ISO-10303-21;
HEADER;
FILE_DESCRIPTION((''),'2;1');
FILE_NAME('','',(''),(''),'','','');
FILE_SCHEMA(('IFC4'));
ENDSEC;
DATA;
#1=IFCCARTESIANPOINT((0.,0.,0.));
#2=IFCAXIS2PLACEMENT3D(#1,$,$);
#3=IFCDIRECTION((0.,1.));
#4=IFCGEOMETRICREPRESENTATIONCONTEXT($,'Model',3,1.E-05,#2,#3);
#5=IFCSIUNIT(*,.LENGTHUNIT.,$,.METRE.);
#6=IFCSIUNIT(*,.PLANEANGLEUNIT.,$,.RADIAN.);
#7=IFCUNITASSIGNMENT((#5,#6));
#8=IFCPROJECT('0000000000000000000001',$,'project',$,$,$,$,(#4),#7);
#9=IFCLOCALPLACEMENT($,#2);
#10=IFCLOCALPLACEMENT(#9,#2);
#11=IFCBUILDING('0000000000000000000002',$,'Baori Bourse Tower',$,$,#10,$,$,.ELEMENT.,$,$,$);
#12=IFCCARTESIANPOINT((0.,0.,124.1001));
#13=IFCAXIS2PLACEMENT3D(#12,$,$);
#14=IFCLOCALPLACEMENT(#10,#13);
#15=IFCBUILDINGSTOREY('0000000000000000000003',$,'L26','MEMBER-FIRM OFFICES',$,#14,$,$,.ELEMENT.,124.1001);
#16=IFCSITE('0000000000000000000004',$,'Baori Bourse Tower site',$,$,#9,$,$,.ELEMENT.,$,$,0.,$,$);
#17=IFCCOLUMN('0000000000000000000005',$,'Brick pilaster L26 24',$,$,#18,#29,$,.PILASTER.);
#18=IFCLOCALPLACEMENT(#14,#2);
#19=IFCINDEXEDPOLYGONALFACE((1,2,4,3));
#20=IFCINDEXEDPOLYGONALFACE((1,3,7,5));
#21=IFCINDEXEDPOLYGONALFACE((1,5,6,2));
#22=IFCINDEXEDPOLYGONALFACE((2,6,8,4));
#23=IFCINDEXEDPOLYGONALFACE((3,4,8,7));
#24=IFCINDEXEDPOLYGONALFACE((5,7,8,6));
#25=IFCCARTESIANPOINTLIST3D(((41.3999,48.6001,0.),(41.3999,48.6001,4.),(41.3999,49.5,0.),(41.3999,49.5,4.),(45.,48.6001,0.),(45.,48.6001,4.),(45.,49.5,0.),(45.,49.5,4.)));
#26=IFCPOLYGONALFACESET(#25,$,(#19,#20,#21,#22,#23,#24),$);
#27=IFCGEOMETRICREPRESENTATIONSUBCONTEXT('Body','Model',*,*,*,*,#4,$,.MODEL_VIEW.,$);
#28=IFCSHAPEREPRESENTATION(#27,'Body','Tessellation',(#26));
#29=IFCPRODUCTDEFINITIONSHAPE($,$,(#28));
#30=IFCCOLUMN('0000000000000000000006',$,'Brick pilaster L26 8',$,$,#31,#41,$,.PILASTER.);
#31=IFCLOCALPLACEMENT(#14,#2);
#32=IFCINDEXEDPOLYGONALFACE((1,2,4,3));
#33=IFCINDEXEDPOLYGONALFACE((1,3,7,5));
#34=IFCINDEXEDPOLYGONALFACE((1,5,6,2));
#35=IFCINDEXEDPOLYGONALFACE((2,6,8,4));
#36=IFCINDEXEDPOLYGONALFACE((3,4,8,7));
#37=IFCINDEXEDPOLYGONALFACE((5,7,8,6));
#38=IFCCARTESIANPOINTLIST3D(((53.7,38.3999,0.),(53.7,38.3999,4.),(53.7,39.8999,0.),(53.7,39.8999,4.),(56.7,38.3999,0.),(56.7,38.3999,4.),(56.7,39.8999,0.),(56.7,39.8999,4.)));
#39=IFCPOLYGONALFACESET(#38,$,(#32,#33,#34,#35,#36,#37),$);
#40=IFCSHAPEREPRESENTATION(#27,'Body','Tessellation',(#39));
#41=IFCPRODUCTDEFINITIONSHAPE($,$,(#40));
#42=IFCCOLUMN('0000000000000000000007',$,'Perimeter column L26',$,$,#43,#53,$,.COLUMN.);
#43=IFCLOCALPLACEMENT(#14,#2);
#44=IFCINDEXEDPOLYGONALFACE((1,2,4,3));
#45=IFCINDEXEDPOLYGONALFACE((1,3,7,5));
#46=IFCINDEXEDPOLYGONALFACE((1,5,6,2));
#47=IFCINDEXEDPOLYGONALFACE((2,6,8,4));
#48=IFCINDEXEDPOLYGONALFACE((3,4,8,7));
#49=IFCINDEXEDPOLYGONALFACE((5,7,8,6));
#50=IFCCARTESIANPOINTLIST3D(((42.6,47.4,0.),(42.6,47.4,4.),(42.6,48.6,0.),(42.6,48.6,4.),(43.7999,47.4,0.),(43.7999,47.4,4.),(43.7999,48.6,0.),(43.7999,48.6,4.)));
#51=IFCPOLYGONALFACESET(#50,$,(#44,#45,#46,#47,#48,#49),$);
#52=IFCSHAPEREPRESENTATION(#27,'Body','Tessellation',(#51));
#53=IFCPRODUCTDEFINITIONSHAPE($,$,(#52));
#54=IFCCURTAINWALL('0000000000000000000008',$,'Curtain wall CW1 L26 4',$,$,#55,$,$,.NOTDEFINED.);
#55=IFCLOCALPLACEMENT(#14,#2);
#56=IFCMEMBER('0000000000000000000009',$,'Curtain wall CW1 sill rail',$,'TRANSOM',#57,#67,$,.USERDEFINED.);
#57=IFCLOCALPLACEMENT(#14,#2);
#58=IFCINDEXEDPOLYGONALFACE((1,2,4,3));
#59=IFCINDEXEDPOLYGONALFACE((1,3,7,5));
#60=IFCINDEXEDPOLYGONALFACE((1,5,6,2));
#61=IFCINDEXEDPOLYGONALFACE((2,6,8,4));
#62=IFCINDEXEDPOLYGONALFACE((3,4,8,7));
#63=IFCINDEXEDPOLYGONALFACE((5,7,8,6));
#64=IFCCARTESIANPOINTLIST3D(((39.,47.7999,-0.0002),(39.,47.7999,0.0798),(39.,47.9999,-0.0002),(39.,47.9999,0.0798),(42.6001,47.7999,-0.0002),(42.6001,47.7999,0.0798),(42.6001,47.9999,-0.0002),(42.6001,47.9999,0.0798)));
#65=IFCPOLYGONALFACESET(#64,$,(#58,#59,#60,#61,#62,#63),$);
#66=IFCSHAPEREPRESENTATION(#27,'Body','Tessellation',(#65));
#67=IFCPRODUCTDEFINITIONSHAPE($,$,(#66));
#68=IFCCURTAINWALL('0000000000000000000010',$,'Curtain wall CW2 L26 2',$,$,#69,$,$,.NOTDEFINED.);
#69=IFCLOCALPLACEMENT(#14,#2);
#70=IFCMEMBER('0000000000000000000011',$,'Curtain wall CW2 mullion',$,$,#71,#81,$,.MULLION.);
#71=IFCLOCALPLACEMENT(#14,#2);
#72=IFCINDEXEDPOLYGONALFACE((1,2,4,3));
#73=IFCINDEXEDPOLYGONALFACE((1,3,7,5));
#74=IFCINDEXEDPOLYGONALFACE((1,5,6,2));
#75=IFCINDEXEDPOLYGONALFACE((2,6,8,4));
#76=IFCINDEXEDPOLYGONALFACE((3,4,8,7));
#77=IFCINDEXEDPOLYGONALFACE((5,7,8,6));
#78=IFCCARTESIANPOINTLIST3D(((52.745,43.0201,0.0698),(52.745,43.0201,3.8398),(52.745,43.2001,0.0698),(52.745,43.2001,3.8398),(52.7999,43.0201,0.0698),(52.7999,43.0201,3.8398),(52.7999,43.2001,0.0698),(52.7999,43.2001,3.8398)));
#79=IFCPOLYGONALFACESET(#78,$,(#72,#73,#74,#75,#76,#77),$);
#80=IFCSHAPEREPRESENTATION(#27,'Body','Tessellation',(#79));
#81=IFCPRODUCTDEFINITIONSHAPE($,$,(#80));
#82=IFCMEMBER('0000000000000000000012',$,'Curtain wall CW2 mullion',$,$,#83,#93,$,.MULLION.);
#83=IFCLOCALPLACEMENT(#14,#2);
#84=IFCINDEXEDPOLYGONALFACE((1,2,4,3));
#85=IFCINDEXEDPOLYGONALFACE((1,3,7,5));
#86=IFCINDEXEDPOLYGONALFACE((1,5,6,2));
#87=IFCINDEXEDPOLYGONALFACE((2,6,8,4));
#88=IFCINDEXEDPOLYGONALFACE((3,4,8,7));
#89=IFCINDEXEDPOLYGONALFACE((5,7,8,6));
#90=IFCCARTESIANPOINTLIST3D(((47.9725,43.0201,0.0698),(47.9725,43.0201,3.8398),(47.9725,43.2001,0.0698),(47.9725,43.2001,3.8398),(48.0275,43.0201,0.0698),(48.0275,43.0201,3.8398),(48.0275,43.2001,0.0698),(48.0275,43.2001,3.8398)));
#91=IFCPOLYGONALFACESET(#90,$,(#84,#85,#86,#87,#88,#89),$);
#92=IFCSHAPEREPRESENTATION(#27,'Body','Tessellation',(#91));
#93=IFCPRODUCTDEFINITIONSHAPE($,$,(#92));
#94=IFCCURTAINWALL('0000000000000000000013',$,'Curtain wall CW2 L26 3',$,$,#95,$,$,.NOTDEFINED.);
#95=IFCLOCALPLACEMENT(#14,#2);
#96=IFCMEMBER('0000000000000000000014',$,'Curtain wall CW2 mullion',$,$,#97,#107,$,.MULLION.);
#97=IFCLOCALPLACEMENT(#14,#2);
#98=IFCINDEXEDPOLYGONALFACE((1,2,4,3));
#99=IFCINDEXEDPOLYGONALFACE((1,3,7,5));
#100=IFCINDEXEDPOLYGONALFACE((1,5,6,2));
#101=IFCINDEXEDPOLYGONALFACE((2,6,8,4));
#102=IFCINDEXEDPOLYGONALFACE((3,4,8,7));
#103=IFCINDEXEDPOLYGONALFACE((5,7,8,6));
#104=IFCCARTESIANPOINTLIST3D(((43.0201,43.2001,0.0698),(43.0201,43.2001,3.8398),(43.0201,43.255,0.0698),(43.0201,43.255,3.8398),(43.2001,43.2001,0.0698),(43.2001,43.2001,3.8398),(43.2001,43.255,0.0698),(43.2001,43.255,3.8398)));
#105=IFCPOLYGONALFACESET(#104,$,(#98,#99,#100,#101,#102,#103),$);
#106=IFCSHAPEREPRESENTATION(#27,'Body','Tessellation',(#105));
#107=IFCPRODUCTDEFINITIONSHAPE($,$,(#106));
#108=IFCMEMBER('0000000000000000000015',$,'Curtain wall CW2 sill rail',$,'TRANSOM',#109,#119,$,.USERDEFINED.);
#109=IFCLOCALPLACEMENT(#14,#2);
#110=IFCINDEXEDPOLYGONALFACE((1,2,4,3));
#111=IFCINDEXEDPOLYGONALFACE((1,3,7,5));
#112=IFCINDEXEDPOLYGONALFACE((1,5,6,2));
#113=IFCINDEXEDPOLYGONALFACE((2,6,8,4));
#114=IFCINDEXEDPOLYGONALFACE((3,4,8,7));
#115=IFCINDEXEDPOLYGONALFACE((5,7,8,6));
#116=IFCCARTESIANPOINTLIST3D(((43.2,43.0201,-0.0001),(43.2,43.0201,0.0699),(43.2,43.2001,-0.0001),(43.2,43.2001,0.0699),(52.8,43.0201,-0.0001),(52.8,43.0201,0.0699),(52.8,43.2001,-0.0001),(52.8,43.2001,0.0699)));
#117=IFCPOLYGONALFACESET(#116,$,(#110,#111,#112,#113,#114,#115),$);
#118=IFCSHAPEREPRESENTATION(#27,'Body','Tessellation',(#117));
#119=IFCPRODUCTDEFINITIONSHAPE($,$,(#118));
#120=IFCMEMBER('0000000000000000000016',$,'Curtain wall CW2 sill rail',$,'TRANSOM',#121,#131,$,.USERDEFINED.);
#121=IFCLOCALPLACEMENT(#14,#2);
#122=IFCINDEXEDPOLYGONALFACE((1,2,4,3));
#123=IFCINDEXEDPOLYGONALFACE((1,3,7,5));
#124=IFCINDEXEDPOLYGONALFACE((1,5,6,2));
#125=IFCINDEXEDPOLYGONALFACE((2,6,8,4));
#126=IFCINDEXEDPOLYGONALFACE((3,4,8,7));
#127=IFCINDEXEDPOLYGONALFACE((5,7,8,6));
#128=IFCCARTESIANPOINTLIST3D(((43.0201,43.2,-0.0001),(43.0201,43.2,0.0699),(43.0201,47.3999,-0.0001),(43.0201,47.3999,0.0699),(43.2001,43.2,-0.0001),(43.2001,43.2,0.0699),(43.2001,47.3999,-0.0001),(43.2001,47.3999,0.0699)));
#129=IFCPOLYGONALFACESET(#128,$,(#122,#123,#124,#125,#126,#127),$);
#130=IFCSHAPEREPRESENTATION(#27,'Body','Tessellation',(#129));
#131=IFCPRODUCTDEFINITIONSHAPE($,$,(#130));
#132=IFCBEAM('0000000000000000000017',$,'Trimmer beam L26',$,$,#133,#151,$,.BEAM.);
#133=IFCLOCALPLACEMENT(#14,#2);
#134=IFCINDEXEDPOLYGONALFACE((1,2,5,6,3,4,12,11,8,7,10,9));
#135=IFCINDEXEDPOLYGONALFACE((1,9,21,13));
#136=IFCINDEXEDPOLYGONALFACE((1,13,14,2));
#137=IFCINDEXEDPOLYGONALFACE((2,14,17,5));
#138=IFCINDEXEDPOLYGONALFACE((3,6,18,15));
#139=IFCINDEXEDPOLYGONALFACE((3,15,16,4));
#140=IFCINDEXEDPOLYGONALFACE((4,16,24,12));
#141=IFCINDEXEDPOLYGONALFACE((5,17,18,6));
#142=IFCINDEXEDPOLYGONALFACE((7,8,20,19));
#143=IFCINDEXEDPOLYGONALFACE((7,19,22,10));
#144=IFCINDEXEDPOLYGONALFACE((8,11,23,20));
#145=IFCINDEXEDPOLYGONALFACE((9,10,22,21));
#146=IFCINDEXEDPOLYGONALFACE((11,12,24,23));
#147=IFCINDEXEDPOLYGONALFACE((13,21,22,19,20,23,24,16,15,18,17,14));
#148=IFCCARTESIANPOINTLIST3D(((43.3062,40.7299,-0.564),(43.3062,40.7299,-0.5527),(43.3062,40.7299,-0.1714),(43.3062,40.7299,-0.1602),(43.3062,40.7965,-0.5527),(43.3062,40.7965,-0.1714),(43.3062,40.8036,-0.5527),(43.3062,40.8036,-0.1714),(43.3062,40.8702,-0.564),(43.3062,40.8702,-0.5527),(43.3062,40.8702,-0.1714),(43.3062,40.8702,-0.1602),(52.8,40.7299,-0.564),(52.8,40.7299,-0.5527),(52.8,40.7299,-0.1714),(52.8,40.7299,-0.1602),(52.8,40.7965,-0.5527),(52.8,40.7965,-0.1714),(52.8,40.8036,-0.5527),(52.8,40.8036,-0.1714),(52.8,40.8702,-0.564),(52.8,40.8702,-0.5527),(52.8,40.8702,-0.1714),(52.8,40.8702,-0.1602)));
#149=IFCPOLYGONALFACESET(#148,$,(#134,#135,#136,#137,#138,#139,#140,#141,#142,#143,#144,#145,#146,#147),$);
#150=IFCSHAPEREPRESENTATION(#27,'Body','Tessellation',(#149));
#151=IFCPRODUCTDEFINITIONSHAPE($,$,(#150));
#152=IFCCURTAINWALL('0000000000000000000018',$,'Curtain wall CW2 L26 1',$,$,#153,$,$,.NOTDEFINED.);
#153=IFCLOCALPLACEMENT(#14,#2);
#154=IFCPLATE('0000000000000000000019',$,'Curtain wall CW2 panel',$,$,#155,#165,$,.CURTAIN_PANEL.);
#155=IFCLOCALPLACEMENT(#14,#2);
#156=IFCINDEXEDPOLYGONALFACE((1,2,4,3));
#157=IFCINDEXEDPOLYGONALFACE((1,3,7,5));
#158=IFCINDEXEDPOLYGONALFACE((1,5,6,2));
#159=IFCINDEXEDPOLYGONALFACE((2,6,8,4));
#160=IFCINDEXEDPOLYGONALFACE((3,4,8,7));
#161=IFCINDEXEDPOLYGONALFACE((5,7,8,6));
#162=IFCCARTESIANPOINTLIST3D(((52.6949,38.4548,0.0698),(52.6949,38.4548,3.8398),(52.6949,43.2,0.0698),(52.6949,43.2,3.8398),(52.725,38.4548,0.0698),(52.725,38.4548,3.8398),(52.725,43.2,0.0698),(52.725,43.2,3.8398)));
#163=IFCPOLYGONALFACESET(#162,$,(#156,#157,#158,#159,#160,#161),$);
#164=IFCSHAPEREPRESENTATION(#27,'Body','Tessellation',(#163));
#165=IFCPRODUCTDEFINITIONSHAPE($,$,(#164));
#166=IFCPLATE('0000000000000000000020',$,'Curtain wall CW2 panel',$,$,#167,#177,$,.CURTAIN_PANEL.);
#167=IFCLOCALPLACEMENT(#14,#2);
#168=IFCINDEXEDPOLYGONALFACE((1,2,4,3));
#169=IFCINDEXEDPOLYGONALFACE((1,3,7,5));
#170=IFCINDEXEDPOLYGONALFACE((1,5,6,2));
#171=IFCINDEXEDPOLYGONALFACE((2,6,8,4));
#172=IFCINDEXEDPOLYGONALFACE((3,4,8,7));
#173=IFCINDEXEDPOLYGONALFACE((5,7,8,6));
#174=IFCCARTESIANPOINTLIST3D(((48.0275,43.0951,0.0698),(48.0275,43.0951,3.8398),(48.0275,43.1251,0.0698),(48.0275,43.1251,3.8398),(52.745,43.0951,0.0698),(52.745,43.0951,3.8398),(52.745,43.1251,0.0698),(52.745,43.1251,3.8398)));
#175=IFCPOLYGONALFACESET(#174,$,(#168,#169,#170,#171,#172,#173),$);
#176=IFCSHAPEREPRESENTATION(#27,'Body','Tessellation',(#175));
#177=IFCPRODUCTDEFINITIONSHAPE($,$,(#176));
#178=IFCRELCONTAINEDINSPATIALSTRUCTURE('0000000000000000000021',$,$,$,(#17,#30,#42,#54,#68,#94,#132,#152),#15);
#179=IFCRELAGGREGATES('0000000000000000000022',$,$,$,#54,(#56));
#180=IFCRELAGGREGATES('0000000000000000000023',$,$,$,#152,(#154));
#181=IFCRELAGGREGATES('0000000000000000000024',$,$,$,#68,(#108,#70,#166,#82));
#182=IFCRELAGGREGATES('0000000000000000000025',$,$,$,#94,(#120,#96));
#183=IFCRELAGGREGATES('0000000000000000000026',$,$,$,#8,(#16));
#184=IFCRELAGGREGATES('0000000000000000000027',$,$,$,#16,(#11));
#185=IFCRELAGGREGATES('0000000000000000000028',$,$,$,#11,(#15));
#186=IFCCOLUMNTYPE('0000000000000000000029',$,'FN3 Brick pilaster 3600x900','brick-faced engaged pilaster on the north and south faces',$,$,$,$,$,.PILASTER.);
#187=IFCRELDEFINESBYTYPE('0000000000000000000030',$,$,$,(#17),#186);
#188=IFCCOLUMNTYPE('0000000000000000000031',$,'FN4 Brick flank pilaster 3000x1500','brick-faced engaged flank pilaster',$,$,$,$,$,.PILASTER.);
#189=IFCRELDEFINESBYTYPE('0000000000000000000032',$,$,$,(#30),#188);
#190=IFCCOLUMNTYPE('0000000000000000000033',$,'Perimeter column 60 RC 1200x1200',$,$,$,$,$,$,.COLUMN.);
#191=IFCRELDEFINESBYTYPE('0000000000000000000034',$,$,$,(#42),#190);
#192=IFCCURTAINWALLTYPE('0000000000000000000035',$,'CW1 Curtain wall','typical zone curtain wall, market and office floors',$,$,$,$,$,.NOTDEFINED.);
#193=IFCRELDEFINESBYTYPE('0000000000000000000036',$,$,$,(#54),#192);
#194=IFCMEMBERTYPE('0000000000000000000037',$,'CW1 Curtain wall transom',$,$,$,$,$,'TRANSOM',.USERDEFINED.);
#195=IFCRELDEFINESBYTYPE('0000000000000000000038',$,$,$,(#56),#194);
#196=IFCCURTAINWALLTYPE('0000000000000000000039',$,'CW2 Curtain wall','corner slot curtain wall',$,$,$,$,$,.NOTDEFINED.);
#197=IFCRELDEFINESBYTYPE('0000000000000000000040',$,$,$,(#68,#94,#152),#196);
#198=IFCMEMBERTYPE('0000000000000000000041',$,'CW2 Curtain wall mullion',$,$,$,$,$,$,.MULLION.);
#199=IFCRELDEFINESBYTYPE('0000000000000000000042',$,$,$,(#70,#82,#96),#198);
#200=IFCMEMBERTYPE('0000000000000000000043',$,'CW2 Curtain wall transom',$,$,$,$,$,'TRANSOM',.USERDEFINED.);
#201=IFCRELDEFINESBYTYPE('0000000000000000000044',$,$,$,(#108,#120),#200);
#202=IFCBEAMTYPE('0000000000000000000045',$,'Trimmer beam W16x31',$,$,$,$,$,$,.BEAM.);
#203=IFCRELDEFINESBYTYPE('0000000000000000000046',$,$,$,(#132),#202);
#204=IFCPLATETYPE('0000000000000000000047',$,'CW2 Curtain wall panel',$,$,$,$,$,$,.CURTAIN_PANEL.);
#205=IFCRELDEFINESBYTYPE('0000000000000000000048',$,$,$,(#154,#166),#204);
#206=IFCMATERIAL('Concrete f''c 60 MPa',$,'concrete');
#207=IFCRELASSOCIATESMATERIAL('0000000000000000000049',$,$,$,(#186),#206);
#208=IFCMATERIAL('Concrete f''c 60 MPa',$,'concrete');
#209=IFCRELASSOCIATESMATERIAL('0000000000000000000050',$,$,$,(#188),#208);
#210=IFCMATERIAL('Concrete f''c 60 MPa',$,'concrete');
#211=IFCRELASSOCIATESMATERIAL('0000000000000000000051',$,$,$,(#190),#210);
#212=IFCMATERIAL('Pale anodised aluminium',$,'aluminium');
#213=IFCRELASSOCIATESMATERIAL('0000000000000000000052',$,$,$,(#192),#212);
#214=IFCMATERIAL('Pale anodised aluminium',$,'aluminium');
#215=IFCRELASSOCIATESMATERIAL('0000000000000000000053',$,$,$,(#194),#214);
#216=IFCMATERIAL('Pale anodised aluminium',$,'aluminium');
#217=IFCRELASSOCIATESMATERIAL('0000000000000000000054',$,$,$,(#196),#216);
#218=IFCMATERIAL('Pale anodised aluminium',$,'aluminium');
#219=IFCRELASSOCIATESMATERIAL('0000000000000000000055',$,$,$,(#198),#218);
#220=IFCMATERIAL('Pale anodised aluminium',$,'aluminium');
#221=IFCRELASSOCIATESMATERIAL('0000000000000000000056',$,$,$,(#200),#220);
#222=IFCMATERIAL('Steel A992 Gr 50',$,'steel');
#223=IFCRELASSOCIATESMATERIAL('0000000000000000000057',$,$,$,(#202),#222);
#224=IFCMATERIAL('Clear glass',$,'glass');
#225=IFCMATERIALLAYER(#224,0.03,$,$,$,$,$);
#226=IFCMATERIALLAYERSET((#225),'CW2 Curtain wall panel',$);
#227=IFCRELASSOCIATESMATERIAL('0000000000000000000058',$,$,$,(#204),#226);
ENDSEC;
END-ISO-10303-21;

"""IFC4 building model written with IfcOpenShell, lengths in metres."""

from ifc_helpers import new_model, si_unit, direction, frame, origin, origin_2d, place, context, subcontext, project, spatial, rectangle, i_section, extrude, material, layer, layer_set, material_profile, profile_set, type_object, element, aggregate, save


model = new_model("IFC4")

# Units and contexts
model_context = context("Model", 3, precision=1e-05, world=origin(), true_north=direction((0.0, 1.0)))
body_context = subcontext(model_context, "Body", "Model", "MODEL_VIEW")
ifc_project = project(units=[si_unit("LENGTHUNIT", "METRE"), si_unit("PLANEANGLEUNIT", "RADIAN")], contexts=[model_context])

# Site, building, storey
site_placement = place(None, origin())
site = spatial("IfcSite", under=ifc_project, at=site_placement, Name="Baori Bourse Tower site", CompositionType="ELEMENT", RefElevation=0.0)
building_placement = place(site_placement, origin())
building = spatial("IfcBuilding", under=site, at=building_placement, Name="Baori Bourse Tower", CompositionType="ELEMENT")
storey_placement = place(building_placement, frame((0.0, 0.0, 124.1001)))
storey = spatial("IfcBuildingStorey", under=building, at=storey_placement, Name="L26", Description="MEMBER-FIRM OFFICES", CompositionType="ELEMENT", Elevation=124.1001)

# Columns
ifc_material_1 = material(Name="Concrete f'c 60 MPa", Category="concrete")
ifc_material_profile_1 = material_profile(ifc_material_1, rectangle(XDim=3.6001, YDim=0.8999, at=origin_2d()), Name="RC 3600x900")
ifc_profile_set_1 = profile_set([ifc_material_profile_1], Name="Concrete f'c 60 MPa")
column_type_1 = type_object("IfcColumnType", Name="FN3 Brick pilaster 3600x900", Description="brick-faced engaged pilaster on the north and south faces", PredefinedType="PILASTER", material=ifc_profile_set_1)
column_1_placement = place(storey_placement, frame((43.2, 49.05, 0.0), z_axis=(0.0, 0.0, 1.0), x_axis=(1.0, 0.0, 0.0)))
element("IfcColumn", 1, at=column_1_placement, inside=storey, type_object=column_type_1, Name="Brick pilaster L26 24", PredefinedType="PILASTER", context=body_context, shape_type="SweptSolid", body=[
    extrude(rectangle(XDim=3.6001, YDim=0.8999, at=origin_2d()), origin(), (0.0, 0.0, 1.0), 4.0),
])
ifc_material_2 = material(Name="Concrete f'c 60 MPa", Category="concrete")
ifc_material_profile_2 = material_profile(ifc_material_2, rectangle(XDim=3.0, YDim=1.5, at=origin_2d()), Name="RC 3000x1500")
ifc_profile_set_2 = profile_set([ifc_material_profile_2], Name="Concrete f'c 60 MPa")
column_type_2 = type_object("IfcColumnType", Name="FN4 Brick flank pilaster 3000x1500", Description="brick-faced engaged flank pilaster", PredefinedType="PILASTER", material=ifc_profile_set_2)
column_2_placement = place(storey_placement, frame((55.2, 39.1499, 0.0), z_axis=(0.0, 0.0, 1.0), x_axis=(1.0, 0.0, 0.0)))
element("IfcColumn", 2, at=column_2_placement, inside=storey, type_object=column_type_2, Name="Brick pilaster L26 8", PredefinedType="PILASTER", context=body_context, shape_type="SweptSolid", body=[
    extrude(rectangle(XDim=3.0, YDim=1.5, at=origin_2d()), origin(), (0.0, 0.0, 1.0), 4.0),
])
ifc_material_3 = material(Name="Concrete f'c 60 MPa", Category="concrete")
ifc_material_profile_3 = material_profile(ifc_material_3, rectangle(XDim=1.2, YDim=1.2, at=origin_2d()), Name="RC 1200x1200")
ifc_profile_set_3 = profile_set([ifc_material_profile_3], Name="Concrete f'c 60 MPa")
column_type_3 = type_object("IfcColumnType", Name="Perimeter column 60 RC 1200x1200", PredefinedType="COLUMN", material=ifc_profile_set_3)
column_3_placement = place(storey_placement, frame((43.2, 48.0, 0.0), z_axis=(0.0, 0.0, 1.0), x_axis=(1.0, 0.0, 0.0)))
element("IfcColumn", 3, at=column_3_placement, inside=storey, type_object=column_type_3, Name="Perimeter column L26", PredefinedType="COLUMN", context=body_context, shape_type="SweptSolid", body=[
    extrude(rectangle(XDim=1.2, YDim=1.2, at=origin_2d()), origin(), (0.0, 0.0, 1.0), 4.0),
])

# Curtain wall, member
ifc_material_4 = material(Name="Pale anodised aluminium", Category="aluminium")
curtain_wall_type_1 = type_object("IfcCurtainWallType", Name="CW1 Curtain wall", Description="typical zone curtain wall, market and office floors", PredefinedType="NOTDEFINED", material=ifc_material_4)
curtain_wall_1_placement = place(storey_placement, origin())
curtain_wall_1 = element("IfcCurtainWall", 4, at=curtain_wall_1_placement, inside=storey, type_object=curtain_wall_type_1, Name="Curtain wall CW1 L26 4", PredefinedType="NOTDEFINED")
ifc_material_5 = material(Name="Pale anodised aluminium", Category="aluminium")
ifc_material_profile_4 = material_profile(ifc_material_5, rectangle(XDim=0.2, YDim=0.0801, at=origin_2d()), Name="Transom 80x200")
ifc_profile_set_4 = profile_set([ifc_material_profile_4], Name="Pale anodised aluminium")
member_type_1 = type_object("IfcMemberType", Name="CW1 Curtain wall transom", ElementType="TRANSOM", PredefinedType="USERDEFINED", material=ifc_profile_set_4)
member_1_placement = place(storey_placement, frame((42.6001, 47.8999, 0.0398), z_axis=(-1.0, 0.0, 0.0), x_axis=(0.0, -1.0, 0.0)))
member_1 = element("IfcMember", 5, at=member_1_placement, type_object=member_type_1, Name="Curtain wall CW1 sill rail", ObjectType="TRANSOM", PredefinedType="USERDEFINED", context=body_context, shape_type="SweptSolid", body=[
    extrude(rectangle(XDim=0.2, YDim=0.0801, at=origin_2d()), origin(), (0.0, 0.0, 1.0), 3.6001),
])
aggregate(curtain_wall_1, [member_1])

# Curtain wall, members
ifc_material_6 = material(Name="Pale anodised aluminium", Category="aluminium")
curtain_wall_type_2 = type_object("IfcCurtainWallType", Name="CW2 Curtain wall", Description="corner slot curtain wall", PredefinedType="NOTDEFINED", material=ifc_material_6)
curtain_wall_2_placement = place(storey_placement, origin())
curtain_wall_2 = element("IfcCurtainWall", 6, at=curtain_wall_2_placement, inside=storey, type_object=curtain_wall_type_2, Name="Curtain wall CW2 L26 2", PredefinedType="NOTDEFINED")
ifc_material_7 = material(Name="Pale anodised aluminium", Category="aluminium")
ifc_material_profile_5 = material_profile(ifc_material_7, rectangle(XDim=0.1799, YDim=0.0549, at=origin_2d()), Name="Mullion 55x180")
ifc_profile_set_5 = profile_set([ifc_material_profile_5], Name="Pale anodised aluminium")
member_type_2 = type_object("IfcMemberType", Name="CW2 Curtain wall mullion", PredefinedType="MULLION", material=ifc_profile_set_5)
member_2_placement = place(storey_placement, frame((52.7725, 43.1101, 0.0698), z_axis=(0.0, 0.0, 1.0), x_axis=(0.0, -1.0, 0.0)))
member_2 = element("IfcMember", 7, at=member_2_placement, type_object=member_type_2, Name="Curtain wall CW2 mullion", PredefinedType="MULLION", context=body_context, shape_type="SweptSolid", body=[
    extrude(rectangle(XDim=0.1799, YDim=0.0549, at=origin_2d()), origin(), (0.0, 0.0, 1.0), 3.77),
])
member_3_placement = place(storey_placement, frame((48.0, 43.1101, 0.0698), z_axis=(0.0, 0.0, 1.0), x_axis=(0.0, -1.0, 0.0)))
member_3 = element("IfcMember", 8, at=member_3_placement, type_object=member_type_2, Name="Curtain wall CW2 mullion", PredefinedType="MULLION", context=body_context, shape_type="SweptSolid", body=[
    extrude(rectangle(XDim=0.1799, YDim=0.0549, at=origin_2d()), origin(), (0.0, 0.0, 1.0), 3.77),
])

# Curtain wall, member
curtain_wall_3_placement = place(storey_placement, origin())
curtain_wall_3 = element("IfcCurtainWall", 9, at=curtain_wall_3_placement, inside=storey, type_object=curtain_wall_type_2, Name="Curtain wall CW2 L26 3", PredefinedType="NOTDEFINED")
member_4_placement = place(storey_placement, frame((43.1101, 43.2275, 0.0698), z_axis=(0.0, 0.0, 1.0), x_axis=(-1.0, 0.0, 0.0)))
member_4 = element("IfcMember", 10, at=member_4_placement, type_object=member_type_2, Name="Curtain wall CW2 mullion", PredefinedType="MULLION", context=body_context, shape_type="SweptSolid", body=[
    extrude(rectangle(XDim=0.1799, YDim=0.0549, at=origin_2d()), origin(), (0.0, 0.0, 1.0), 3.77),
])

# Members
ifc_material_8 = material(Name="Pale anodised aluminium", Category="aluminium")
ifc_material_profile_6 = material_profile(ifc_material_8, rectangle(XDim=0.1799, YDim=0.0701, at=origin_2d()), Name="Transom 70x180")
ifc_profile_set_6 = profile_set([ifc_material_profile_6], Name="Pale anodised aluminium")
member_type_3 = type_object("IfcMemberType", Name="CW2 Curtain wall transom", ElementType="TRANSOM", PredefinedType="USERDEFINED", material=ifc_profile_set_6)
member_5_placement = place(storey_placement, frame((52.8, 43.1101, 0.0349), z_axis=(-1.0, 0.0, 0.0), x_axis=(0.0, -1.0, 0.0)))
member_5 = element("IfcMember", 11, at=member_5_placement, type_object=member_type_3, Name="Curtain wall CW2 sill rail", ObjectType="TRANSOM", PredefinedType="USERDEFINED", context=body_context, shape_type="SweptSolid", body=[
    extrude(rectangle(XDim=0.1799, YDim=0.0701, at=origin_2d()), origin(), (0.0, 0.0, 1.0), 9.6001),
])
member_6_placement = place(storey_placement, frame((43.1101, 43.2, 0.0349), z_axis=(0.0, 1.0, 0.0), x_axis=(-1.0, 0.0, 0.0)))
member_6 = element("IfcMember", 12, at=member_6_placement, type_object=member_type_3, Name="Curtain wall CW2 sill rail", ObjectType="TRANSOM", PredefinedType="USERDEFINED", context=body_context, shape_type="SweptSolid", body=[
    extrude(rectangle(XDim=0.1799, YDim=0.0701, at=origin_2d()), origin(), (0.0, 0.0, 1.0), 4.2),
])

# Beam
ifc_material_9 = material(Name="Steel A992 Gr 50", Category="steel")
ifc_material_profile_7 = material_profile(ifc_material_9, i_section(OverallWidth=0.1404, OverallDepth=0.4038, WebThickness=0.0071, FlangeThickness=0.0112, at=origin_2d()), Name="W16x31")
ifc_profile_set_7 = profile_set([ifc_material_profile_7], Name="Steel A992 Gr 50")
beam_type = type_object("IfcBeamType", Name="Trimmer beam W16x31", PredefinedType="BEAM", material=ifc_profile_set_7)
beam_placement = place(storey_placement, frame((43.3062, 40.8, -0.3621), z_axis=(1.0, 0.0, 0.0), x_axis=(0.0, 1.0, 0.0)))
element("IfcBeam", 13, at=beam_placement, inside=storey, type_object=beam_type, Name="Trimmer beam L26", PredefinedType="BEAM", context=body_context, shape_type="SweptSolid", body=[
    extrude(i_section(OverallWidth=0.1404, OverallDepth=0.4038, WebThickness=0.0071, FlangeThickness=0.0112, at=origin_2d()), origin(), (0.0, 0.0, 1.0), 9.4939),
])

# Curtain wall, plate
curtain_wall_4_placement = place(storey_placement, origin())
curtain_wall_4 = element("IfcCurtainWall", 14, at=curtain_wall_4_placement, inside=storey, type_object=curtain_wall_type_2, Name="Curtain wall CW2 L26 1", PredefinedType="NOTDEFINED")
ifc_material_10 = material(Name="Clear glass", Category="glass")
ifc_layer_1 = layer(ifc_material_10, 0.03)
ifc_layer_set_1 = layer_set([ifc_layer_1], Name="CW2 Curtain wall panel")
plate_type = type_object("IfcPlateType", Name="CW2 Curtain wall panel", PredefinedType="CURTAIN_PANEL", material=ifc_layer_set_1)
plate_1_placement = place(storey_placement, frame((52.71, 40.8274, 0.0698), z_axis=(0.0, 0.0, 1.0), x_axis=(0.0, 1.0, 0.0)))
plate_1 = element("IfcPlate", 15, at=plate_1_placement, type_object=plate_type, Name="Curtain wall CW2 panel", PredefinedType="CURTAIN_PANEL", context=body_context, shape_type="SweptSolid", body=[
    extrude(rectangle(XDim=4.7451, YDim=0.03, at=origin_2d()), origin(), (0.0, 0.0, 1.0), 3.77),
])
aggregate(curtain_wall_4, [plate_1])

# Plate
plate_2_placement = place(storey_placement, frame((50.3862, 43.1101, 0.0698), z_axis=(0.0, 0.0, 1.0), x_axis=(-1.0, 0.0, 0.0)))
plate_2 = element("IfcPlate", 16, at=plate_2_placement, type_object=plate_type, Name="Curtain wall CW2 panel", PredefinedType="CURTAIN_PANEL", context=body_context, shape_type="SweptSolid", body=[
    extrude(rectangle(XDim=4.7175, YDim=0.03, at=origin_2d()), origin(), (0.0, 0.0, 1.0), 3.77),
])
aggregate(curtain_wall_2, [member_5, member_2, plate_2, member_3])
aggregate(curtain_wall_3, [member_6, member_4])

save(model, "model.ifc")
